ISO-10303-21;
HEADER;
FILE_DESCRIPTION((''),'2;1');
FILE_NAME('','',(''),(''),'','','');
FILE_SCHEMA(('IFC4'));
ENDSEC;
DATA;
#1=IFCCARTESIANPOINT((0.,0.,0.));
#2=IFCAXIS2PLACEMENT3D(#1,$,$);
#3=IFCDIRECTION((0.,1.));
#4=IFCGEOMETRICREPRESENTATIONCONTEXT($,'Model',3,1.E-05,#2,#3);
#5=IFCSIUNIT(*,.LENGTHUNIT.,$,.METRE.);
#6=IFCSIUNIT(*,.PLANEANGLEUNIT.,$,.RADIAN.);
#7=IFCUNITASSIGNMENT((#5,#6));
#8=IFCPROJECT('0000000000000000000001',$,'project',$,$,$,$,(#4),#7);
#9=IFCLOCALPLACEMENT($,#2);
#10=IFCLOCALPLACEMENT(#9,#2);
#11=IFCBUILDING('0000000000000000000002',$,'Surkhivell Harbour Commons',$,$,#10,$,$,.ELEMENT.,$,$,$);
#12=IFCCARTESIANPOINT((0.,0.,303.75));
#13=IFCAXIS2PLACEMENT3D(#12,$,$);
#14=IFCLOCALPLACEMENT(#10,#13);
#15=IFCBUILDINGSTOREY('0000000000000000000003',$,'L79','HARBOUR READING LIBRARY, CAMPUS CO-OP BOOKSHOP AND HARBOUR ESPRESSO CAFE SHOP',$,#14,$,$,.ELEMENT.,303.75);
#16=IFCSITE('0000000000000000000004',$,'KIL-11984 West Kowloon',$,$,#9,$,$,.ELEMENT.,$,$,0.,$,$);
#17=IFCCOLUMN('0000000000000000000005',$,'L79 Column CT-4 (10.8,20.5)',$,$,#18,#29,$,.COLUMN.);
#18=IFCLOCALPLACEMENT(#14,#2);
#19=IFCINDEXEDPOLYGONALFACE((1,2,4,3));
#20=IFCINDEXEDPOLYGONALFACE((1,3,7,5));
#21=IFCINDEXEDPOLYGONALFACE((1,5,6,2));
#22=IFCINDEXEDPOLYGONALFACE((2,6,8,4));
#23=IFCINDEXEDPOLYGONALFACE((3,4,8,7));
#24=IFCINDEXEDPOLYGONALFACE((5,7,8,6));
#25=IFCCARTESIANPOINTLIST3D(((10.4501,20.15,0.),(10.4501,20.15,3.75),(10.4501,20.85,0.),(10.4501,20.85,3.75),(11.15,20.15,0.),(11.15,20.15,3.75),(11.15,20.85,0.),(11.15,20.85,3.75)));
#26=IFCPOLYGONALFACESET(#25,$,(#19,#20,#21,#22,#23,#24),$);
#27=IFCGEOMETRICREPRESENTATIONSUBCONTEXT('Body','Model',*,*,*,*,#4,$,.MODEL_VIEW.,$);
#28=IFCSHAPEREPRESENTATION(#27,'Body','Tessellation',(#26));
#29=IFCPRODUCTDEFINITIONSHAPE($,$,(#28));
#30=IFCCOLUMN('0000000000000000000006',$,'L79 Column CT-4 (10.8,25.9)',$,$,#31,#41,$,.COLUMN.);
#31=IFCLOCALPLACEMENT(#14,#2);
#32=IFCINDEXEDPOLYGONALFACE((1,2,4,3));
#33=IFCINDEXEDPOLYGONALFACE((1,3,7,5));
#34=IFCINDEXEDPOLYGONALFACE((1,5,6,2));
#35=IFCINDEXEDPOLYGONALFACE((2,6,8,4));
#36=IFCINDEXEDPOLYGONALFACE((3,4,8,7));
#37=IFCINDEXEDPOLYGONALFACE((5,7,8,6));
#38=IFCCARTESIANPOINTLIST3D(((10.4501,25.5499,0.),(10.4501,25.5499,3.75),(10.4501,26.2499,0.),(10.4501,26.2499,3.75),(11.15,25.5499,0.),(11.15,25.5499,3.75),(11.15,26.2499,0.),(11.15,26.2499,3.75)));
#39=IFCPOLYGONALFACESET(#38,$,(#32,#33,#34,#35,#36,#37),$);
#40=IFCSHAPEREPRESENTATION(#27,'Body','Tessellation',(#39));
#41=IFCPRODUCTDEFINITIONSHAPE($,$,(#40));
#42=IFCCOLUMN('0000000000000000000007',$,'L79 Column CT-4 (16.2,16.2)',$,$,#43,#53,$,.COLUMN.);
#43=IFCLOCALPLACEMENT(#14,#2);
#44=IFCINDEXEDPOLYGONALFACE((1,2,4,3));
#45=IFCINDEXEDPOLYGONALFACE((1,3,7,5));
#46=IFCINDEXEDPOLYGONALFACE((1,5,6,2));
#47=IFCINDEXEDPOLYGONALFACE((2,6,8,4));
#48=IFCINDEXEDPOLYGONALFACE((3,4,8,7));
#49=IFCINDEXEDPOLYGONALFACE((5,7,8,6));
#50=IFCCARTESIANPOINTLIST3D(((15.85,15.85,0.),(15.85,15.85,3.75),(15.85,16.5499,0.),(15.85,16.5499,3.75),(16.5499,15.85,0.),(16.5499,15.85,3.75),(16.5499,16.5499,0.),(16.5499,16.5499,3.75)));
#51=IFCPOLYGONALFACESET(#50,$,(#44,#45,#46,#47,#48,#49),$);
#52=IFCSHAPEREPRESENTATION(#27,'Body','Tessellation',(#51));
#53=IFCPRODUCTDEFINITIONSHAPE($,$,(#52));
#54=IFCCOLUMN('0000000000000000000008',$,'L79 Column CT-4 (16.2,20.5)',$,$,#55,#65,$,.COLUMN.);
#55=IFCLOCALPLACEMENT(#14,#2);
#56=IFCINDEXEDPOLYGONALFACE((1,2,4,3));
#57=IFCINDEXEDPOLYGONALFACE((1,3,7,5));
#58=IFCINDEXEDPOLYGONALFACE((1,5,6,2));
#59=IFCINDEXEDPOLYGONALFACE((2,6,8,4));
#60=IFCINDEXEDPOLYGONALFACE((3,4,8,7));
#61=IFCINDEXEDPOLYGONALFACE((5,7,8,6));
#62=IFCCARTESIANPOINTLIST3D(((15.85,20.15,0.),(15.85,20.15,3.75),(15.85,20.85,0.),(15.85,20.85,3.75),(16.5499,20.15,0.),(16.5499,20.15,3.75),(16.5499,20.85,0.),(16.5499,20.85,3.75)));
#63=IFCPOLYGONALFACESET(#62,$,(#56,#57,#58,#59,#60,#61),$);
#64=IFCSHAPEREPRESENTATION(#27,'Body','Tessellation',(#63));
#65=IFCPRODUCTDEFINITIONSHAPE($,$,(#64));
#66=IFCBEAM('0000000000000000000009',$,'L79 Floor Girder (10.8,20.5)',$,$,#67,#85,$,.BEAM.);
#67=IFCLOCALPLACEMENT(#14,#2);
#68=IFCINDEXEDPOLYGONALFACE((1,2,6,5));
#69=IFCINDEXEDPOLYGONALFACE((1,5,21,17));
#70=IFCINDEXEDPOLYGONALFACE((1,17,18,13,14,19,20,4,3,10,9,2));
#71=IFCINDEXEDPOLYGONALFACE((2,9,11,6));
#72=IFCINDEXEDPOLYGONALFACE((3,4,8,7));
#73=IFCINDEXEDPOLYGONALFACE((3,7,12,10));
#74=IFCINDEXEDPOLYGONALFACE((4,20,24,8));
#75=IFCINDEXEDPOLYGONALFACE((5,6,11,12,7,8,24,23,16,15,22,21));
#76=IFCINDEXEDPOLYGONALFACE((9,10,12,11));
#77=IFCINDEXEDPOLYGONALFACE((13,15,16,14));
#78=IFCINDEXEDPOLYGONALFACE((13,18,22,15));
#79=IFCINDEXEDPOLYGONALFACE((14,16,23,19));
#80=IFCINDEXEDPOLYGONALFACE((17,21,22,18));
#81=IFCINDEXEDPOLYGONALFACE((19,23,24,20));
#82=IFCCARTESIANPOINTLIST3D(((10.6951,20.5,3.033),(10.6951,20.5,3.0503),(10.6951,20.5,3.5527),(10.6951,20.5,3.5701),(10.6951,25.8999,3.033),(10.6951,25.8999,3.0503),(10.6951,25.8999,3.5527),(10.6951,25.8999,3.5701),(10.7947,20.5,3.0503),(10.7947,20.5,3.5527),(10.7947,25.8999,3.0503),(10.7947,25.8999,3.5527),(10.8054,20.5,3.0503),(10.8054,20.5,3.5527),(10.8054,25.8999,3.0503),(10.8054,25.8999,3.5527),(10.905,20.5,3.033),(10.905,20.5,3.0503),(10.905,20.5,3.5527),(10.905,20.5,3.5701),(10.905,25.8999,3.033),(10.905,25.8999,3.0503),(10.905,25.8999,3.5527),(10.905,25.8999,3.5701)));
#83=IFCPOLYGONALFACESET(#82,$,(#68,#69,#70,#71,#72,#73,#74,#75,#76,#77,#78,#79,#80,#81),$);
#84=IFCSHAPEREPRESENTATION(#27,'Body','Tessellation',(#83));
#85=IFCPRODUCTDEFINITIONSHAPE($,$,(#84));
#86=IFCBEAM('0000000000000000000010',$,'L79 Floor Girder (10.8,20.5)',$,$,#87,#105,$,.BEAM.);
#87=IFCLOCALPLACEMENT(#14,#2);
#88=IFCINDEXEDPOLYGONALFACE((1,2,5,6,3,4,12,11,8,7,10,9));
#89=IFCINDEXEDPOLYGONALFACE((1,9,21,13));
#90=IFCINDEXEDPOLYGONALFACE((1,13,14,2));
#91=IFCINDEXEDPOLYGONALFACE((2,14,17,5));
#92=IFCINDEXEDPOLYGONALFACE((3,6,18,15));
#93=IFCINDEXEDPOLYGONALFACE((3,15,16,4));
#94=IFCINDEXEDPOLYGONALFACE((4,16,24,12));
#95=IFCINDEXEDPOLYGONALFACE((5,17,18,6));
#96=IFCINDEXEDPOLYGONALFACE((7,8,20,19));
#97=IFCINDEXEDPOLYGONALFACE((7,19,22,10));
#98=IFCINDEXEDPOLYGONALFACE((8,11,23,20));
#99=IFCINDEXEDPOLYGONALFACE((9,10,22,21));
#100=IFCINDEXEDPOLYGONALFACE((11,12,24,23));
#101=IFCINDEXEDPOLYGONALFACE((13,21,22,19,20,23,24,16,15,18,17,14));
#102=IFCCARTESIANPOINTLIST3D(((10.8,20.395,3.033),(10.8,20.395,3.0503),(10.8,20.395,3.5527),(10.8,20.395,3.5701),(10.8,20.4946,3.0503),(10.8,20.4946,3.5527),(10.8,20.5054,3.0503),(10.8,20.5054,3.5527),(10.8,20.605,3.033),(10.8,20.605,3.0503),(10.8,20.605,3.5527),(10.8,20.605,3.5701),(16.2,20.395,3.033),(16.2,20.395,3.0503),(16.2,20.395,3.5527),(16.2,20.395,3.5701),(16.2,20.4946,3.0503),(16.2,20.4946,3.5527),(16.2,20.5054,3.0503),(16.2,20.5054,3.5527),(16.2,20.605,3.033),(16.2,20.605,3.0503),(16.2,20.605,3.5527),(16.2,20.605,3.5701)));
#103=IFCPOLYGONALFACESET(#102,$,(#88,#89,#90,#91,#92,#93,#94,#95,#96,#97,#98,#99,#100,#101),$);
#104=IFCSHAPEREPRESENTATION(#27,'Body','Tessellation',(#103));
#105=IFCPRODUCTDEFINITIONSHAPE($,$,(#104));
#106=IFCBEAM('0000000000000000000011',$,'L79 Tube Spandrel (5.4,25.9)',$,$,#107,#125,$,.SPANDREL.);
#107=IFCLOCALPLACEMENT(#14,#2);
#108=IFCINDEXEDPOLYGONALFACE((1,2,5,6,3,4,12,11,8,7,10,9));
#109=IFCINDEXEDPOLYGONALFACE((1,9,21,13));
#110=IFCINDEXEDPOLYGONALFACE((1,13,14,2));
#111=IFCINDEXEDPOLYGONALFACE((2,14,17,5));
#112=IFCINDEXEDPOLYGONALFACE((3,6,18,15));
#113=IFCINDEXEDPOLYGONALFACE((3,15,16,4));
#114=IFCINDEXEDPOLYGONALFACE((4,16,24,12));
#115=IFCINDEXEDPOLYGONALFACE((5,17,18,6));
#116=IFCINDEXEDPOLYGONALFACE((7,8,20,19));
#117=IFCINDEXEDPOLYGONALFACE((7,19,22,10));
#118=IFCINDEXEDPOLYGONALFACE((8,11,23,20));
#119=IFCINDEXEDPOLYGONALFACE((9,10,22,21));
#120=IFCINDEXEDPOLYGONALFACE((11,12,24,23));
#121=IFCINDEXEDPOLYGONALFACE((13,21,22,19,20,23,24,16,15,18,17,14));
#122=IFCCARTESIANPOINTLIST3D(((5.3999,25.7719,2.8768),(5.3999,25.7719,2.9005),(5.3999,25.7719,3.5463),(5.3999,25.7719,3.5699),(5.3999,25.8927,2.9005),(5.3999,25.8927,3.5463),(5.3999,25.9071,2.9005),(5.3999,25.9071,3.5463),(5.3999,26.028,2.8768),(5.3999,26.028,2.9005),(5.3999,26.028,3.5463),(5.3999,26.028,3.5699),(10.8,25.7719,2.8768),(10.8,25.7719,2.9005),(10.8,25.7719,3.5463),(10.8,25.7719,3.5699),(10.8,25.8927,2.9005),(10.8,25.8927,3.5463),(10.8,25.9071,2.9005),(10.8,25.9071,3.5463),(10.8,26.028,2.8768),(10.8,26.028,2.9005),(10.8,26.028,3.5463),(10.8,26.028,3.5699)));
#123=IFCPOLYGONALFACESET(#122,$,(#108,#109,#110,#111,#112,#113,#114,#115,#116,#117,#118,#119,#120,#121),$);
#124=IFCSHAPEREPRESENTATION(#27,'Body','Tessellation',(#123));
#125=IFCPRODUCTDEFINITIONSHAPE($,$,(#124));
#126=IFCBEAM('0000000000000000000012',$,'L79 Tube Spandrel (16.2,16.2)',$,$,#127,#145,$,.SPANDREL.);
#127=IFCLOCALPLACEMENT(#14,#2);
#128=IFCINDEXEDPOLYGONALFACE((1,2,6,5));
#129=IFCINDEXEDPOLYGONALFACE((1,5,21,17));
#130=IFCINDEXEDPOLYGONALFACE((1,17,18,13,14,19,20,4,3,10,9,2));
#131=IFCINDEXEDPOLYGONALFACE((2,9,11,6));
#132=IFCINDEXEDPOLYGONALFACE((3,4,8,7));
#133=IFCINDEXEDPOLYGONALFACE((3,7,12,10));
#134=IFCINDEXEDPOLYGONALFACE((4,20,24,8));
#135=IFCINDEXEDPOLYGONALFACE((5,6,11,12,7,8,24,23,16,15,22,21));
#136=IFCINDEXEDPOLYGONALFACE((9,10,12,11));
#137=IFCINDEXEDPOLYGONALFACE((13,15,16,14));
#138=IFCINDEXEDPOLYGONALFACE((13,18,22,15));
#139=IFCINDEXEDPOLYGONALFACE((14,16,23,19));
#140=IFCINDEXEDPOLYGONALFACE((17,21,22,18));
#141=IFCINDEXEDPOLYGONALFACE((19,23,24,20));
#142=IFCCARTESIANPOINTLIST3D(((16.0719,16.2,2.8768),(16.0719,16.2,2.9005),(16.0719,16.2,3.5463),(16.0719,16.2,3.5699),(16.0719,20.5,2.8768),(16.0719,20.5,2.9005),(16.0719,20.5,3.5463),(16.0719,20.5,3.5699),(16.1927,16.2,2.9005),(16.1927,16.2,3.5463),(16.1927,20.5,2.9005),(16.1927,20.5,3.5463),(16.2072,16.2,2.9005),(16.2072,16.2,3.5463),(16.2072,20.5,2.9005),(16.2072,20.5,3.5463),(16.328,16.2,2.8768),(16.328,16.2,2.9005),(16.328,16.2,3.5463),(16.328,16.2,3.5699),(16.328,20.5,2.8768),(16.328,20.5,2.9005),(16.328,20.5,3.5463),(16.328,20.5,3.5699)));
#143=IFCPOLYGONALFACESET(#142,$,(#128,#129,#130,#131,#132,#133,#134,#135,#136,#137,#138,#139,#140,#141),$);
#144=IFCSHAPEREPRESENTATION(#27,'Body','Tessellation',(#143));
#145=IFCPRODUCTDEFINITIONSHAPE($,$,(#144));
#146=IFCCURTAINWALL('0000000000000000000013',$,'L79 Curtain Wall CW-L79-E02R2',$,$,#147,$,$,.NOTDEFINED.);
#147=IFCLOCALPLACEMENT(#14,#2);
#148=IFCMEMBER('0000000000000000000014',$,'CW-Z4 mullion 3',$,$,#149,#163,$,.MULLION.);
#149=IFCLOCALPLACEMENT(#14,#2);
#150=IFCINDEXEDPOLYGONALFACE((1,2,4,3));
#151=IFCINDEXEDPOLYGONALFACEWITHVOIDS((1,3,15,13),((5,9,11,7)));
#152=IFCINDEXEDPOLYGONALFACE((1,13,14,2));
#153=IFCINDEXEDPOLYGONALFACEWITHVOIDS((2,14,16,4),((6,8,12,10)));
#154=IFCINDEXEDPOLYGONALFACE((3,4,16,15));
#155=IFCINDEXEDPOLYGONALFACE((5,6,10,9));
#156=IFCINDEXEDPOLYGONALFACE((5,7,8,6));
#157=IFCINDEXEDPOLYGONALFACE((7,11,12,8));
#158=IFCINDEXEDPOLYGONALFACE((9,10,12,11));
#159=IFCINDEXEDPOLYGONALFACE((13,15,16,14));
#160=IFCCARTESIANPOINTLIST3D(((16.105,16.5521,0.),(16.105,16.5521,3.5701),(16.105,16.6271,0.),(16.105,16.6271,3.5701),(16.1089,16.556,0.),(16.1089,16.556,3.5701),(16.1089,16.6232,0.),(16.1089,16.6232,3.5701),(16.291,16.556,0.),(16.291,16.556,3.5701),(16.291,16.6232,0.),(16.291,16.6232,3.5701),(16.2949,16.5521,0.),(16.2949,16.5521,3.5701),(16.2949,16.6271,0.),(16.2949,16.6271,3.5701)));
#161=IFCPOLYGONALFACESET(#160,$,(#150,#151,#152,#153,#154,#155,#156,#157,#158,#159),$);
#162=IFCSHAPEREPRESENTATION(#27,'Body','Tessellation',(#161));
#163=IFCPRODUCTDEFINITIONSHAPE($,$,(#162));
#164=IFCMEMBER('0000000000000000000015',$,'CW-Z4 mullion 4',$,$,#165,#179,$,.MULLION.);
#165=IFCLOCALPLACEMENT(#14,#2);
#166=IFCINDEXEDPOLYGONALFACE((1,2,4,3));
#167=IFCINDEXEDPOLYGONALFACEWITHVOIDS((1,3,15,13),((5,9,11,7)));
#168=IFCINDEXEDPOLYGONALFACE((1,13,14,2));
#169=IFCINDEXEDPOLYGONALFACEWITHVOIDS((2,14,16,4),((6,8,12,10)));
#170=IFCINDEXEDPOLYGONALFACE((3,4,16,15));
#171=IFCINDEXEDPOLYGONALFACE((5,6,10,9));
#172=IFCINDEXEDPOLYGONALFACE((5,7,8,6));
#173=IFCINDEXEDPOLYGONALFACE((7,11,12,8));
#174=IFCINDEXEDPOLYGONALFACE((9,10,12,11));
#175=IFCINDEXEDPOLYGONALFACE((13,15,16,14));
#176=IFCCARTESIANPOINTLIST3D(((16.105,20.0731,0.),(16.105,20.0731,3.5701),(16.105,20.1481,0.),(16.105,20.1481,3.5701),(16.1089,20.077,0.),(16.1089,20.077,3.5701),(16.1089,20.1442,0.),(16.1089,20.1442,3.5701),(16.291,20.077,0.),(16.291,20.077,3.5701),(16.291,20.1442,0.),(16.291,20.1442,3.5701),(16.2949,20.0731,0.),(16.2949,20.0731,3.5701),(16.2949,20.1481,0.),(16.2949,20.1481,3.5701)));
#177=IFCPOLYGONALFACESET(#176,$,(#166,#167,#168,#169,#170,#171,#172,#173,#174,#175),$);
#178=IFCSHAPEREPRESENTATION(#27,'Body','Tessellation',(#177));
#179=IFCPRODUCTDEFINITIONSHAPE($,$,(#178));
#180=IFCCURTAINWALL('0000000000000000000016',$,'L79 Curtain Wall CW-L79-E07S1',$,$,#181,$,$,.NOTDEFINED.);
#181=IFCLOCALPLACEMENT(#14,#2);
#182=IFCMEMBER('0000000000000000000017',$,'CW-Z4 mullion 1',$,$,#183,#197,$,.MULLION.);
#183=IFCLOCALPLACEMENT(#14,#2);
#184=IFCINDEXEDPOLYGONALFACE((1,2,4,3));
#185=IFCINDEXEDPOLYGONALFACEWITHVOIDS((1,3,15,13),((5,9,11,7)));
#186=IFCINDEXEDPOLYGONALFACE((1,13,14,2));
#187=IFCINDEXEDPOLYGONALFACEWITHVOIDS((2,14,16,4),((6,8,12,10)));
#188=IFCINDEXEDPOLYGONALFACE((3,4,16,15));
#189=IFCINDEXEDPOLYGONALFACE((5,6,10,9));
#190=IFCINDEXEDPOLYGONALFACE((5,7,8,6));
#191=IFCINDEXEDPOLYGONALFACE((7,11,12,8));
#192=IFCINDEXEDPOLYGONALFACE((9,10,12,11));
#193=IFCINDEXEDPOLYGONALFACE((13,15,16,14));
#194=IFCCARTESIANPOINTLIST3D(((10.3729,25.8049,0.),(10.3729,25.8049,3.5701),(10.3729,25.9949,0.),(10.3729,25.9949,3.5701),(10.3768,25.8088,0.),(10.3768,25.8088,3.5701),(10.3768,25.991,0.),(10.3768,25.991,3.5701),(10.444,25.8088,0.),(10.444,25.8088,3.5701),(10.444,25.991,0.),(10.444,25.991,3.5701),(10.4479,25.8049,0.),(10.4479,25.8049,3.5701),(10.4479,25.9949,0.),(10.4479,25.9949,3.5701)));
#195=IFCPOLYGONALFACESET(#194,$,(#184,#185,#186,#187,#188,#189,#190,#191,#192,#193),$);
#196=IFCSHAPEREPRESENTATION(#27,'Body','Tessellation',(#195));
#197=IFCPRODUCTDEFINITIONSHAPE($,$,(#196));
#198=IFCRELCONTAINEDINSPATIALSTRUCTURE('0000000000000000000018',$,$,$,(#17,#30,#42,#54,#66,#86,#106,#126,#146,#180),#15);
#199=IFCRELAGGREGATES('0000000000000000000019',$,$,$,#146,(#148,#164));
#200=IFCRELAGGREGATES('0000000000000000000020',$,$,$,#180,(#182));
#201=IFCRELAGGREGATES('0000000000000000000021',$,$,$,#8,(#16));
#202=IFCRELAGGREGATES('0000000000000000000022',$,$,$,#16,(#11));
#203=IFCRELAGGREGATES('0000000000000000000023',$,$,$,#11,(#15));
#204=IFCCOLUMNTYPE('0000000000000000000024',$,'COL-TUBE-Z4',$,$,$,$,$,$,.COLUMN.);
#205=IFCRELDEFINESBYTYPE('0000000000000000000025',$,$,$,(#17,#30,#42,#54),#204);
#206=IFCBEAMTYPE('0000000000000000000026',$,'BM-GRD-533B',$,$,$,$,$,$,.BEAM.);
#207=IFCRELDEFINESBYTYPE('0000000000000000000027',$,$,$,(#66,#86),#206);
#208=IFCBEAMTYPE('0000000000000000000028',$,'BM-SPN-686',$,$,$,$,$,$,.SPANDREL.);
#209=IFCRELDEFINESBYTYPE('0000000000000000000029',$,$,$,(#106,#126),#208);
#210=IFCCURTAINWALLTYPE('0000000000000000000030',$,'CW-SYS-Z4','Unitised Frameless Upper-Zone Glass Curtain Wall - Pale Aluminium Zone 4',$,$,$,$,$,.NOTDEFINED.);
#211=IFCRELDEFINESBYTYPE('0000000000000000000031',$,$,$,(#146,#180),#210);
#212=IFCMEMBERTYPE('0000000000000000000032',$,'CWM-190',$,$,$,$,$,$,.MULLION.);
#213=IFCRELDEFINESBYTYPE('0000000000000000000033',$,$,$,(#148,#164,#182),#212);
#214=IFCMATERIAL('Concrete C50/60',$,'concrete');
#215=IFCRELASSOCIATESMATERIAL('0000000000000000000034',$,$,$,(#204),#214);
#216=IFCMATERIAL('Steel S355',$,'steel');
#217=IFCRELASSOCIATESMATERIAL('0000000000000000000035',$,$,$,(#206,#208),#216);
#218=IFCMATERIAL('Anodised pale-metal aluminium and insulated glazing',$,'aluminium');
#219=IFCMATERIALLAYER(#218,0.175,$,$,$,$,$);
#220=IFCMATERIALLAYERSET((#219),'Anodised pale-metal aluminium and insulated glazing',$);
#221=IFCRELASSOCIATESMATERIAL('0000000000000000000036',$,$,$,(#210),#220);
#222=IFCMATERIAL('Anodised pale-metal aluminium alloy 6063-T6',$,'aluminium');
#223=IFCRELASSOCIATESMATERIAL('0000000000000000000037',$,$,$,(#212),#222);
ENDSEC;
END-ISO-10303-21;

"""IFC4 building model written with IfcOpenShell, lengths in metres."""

from ifc_helpers import new_model, si_unit, direction, frame, origin, origin_2d, place, context, subcontext, project, spatial, rectangle, hollow_rectangle, i_section, extrude, material, layer, layer_set, material_profile, profile_set, type_object, element, aggregate, save


model = new_model("IFC4")

# Units and contexts
model_context = context("Model", 3, precision=1e-05, world=origin(), true_north=direction((0.0, 1.0)))
body_context = subcontext(model_context, "Body", "Model", "MODEL_VIEW")
ifc_project = project(units=[si_unit("LENGTHUNIT", "METRE"), si_unit("PLANEANGLEUNIT", "RADIAN")], contexts=[model_context])

# Site, building, storey
site_placement = place(None, origin())
site = spatial("IfcSite", under=ifc_project, at=site_placement, Name="KIL-11984 West Kowloon", CompositionType="ELEMENT", RefElevation=0.0)
building_placement = place(site_placement, origin())
building = spatial("IfcBuilding", under=site, at=building_placement, Name="Surkhivell Harbour Commons", CompositionType="ELEMENT")
storey_placement = place(building_placement, frame((0.0, 0.0, 303.75)))
storey = spatial("IfcBuildingStorey", under=building, at=storey_placement, Name="L79", Description="HARBOUR READING LIBRARY, CAMPUS CO-OP BOOKSHOP AND HARBOUR ESPRESSO CAFE SHOP", CompositionType="ELEMENT", Elevation=303.75)

# Columns
ifc_material_1 = material(Name="Concrete C50/60", Category="concrete")
ifc_material_profile_1 = material_profile(ifc_material_1, rectangle(XDim=0.7, YDim=0.7, at=origin_2d()), Name="RC-COL-700x700")
ifc_profile_set_1 = profile_set([ifc_material_profile_1], Name="Concrete C50/60")
column_type = type_object("IfcColumnType", Name="COL-TUBE-Z4", PredefinedType="COLUMN", material=ifc_profile_set_1)
for number, where, z_axis, x_axis, name in (
    (1, (10.8, 20.5, 0.0), (0.0, 0.0, 1.0), (1.0, 0.0, 0.0), "L79 Column CT-4 (10.8,20.5)"),
    (2, (10.8, 25.8999, 0.0), (0.0, 0.0, 1.0), (1.0, 0.0, 0.0), "L79 Column CT-4 (10.8,25.9)"),
    (3, (16.2, 16.2, 0.0), (0.0, 0.0, 1.0), (1.0, 0.0, 0.0), "L79 Column CT-4 (16.2,16.2)"),
    (4, (16.2, 20.5, 0.0), (0.0, 0.0, 1.0), (1.0, 0.0, 0.0), "L79 Column CT-4 (16.2,20.5)"),
):
    element("IfcColumn", number, at=place(storey_placement, frame(where, z_axis=z_axis, x_axis=x_axis)), inside=storey, type_object=column_type, Name=name, PredefinedType="COLUMN", context=body_context, shape_type="SweptSolid", body=[
        extrude(rectangle(XDim=0.7, YDim=0.7, at=origin_2d()), origin(), (0.0, 0.0, 1.0), 3.75),
    ])

# Beams
ifc_material_2 = material(Name="Steel S355", Category="steel")
ifc_material_profile_2 = material_profile(ifc_material_2, i_section(OverallWidth=0.21, OverallDepth=0.5371, WebThickness=0.0107, FlangeThickness=0.0173, at=origin_2d()), Name="UB533x210x101")
ifc_profile_set_2 = profile_set([ifc_material_profile_2], Name="Steel S355")
beam_type_1 = type_object("IfcBeamType", Name="BM-GRD-533B", PredefinedType="BEAM", material=ifc_profile_set_2)
for number, where, z_axis, x_axis, name in (
    (5, (10.8, 20.5, 3.3015), (0.0, 1.0, 0.0), (-1.0, 0.0, 0.0), "L79 Floor Girder (10.8,20.5)"),
    (6, (10.8, 20.5, 3.3015), (1.0, 0.0, 0.0), (0.0, 1.0, 0.0), "L79 Floor Girder (10.8,20.5)"),
):
    element("IfcBeam", number, at=place(storey_placement, frame(where, z_axis=z_axis, x_axis=x_axis)), inside=storey, type_object=beam_type_1, Name=name, PredefinedType="BEAM", context=body_context, shape_type="SweptSolid", body=[
        extrude(i_section(OverallWidth=0.21, OverallDepth=0.5371, WebThickness=0.0107, FlangeThickness=0.0173, at=origin_2d()), origin(), (0.0, 0.0, 1.0), 5.3999),
    ])
ifc_material_profile_3 = material_profile(ifc_material_2, i_section(OverallWidth=0.2561, OverallDepth=0.6931, WebThickness=0.0144, FlangeThickness=0.0237, at=origin_2d()), Name="UB686x254x170")
ifc_profile_set_3 = profile_set([ifc_material_profile_3], Name="Steel S355")
beam_type_2 = type_object("IfcBeamType", Name="BM-SPN-686", PredefinedType="SPANDREL", material=ifc_profile_set_3)
beam_1_placement = place(storey_placement, frame((5.3999, 25.8999, 3.2234), z_axis=(1.0, 0.0, 0.0), x_axis=(0.0, 1.0, 0.0)))
element("IfcBeam", 7, at=beam_1_placement, inside=storey, type_object=beam_type_2, Name="L79 Tube Spandrel (5.4,25.9)", PredefinedType="SPANDREL", context=body_context, shape_type="SweptSolid", body=[
    extrude(i_section(OverallWidth=0.2561, OverallDepth=0.6931, WebThickness=0.0144, FlangeThickness=0.0237, at=origin_2d()), origin(), (0.0, 0.0, 1.0), 5.4001),
])
beam_2_placement = place(storey_placement, frame((16.2, 16.2, 3.2234), z_axis=(0.0, 1.0, 0.0), x_axis=(-1.0, 0.0, 0.0)))
element("IfcBeam", 8, at=beam_2_placement, inside=storey, type_object=beam_type_2, Name="L79 Tube Spandrel (16.2,16.2)", PredefinedType="SPANDREL", context=body_context, shape_type="SweptSolid", body=[
    extrude(i_section(OverallWidth=0.2561, OverallDepth=0.6931, WebThickness=0.0144, FlangeThickness=0.0237, at=origin_2d()), origin(), (0.0, 0.0, 1.0), 4.3),
])

# Curtain walls, members
ifc_material_3 = material(Name="Anodised pale-metal aluminium and insulated glazing", Category="aluminium")
ifc_layer_1 = layer(ifc_material_3, 0.175)
ifc_layer_set_1 = layer_set([ifc_layer_1], Name="Anodised pale-metal aluminium and insulated glazing")
curtain_wall_type = type_object("IfcCurtainWallType", Name="CW-SYS-Z4", Description="Unitised Frameless Upper-Zone Glass Curtain Wall - Pale Aluminium Zone 4", PredefinedType="NOTDEFINED", material=ifc_layer_set_1)
curtain_wall_1_placement = place(storey_placement, origin())
curtain_wall_1 = element("IfcCurtainWall", 9, at=curtain_wall_1_placement, inside=storey, type_object=curtain_wall_type, Name="L79 Curtain Wall CW-L79-E02R2", PredefinedType="NOTDEFINED")
ifc_material_4 = material(Name="Anodised pale-metal aluminium alloy 6063-T6", Category="aluminium")
ifc_material_profile_4 = material_profile(ifc_material_4, hollow_rectangle(XDim=0.075, YDim=0.1899, WallThickness=0.0039, at=origin_2d()), Name="ALU-MULL-75x190")
ifc_profile_set_4 = profile_set([ifc_material_profile_4], Name="Anodised pale-metal aluminium alloy 6063-T6")
member_type_1 = type_object("IfcMemberType", Name="CWM-190", PredefinedType="MULLION", material=ifc_profile_set_4)
member_1_placement = place(storey_placement, frame((16.2, 16.5896, 0.0), z_axis=(0.0, 0.0, 1.0), x_axis=(0.0, 1.0, 0.0)))
member_1 = element("IfcMember", 10, at=member_1_placement, type_object=member_type_1, Name="CW-Z4 mullion 3", PredefinedType="MULLION", context=body_context, shape_type="SweptSolid", body=[
    extrude(hollow_rectangle(XDim=0.075, YDim=0.1899, WallThickness=0.0039, at=origin_2d()), origin(), (0.0, 0.0, 1.0), 3.5701),
])
member_2_placement = place(storey_placement, frame((16.2, 20.1106, 0.0), z_axis=(0.0, 0.0, 1.0), x_axis=(0.0, 1.0, 0.0)))
member_2 = element("IfcMember", 11, at=member_2_placement, type_object=member_type_1, Name="CW-Z4 mullion 4", PredefinedType="MULLION", context=body_context, shape_type="SweptSolid", body=[
    extrude(hollow_rectangle(XDim=0.075, YDim=0.1899, WallThickness=0.0039, at=origin_2d()), origin(), (0.0, 0.0, 1.0), 3.5701),
])
curtain_wall_2_placement = place(storey_placement, origin())
curtain_wall_2 = element("IfcCurtainWall", 12, at=curtain_wall_2_placement, inside=storey, type_object=curtain_wall_type, Name="L79 Curtain Wall CW-L79-E07S1", PredefinedType="NOTDEFINED")
member_3_placement = place(storey_placement, frame((10.4104, 25.8999, 0.0), z_axis=(0.0, 0.0, 1.0), x_axis=(-1.0, 0.0, 0.0)))
member_3 = element("IfcMember", 13, at=member_3_placement, type_object=member_type_1, Name="CW-Z4 mullion 1", PredefinedType="MULLION", context=body_context, shape_type="SweptSolid", body=[
    extrude(hollow_rectangle(XDim=0.075, YDim=0.1899, WallThickness=0.0039, at=origin_2d()), origin(), (0.0, 0.0, 1.0), 3.5701),
])

aggregate(curtain_wall_1, [member_1, member_2])
aggregate(curtain_wall_2, [member_3])

save(model, "model.ifc")
